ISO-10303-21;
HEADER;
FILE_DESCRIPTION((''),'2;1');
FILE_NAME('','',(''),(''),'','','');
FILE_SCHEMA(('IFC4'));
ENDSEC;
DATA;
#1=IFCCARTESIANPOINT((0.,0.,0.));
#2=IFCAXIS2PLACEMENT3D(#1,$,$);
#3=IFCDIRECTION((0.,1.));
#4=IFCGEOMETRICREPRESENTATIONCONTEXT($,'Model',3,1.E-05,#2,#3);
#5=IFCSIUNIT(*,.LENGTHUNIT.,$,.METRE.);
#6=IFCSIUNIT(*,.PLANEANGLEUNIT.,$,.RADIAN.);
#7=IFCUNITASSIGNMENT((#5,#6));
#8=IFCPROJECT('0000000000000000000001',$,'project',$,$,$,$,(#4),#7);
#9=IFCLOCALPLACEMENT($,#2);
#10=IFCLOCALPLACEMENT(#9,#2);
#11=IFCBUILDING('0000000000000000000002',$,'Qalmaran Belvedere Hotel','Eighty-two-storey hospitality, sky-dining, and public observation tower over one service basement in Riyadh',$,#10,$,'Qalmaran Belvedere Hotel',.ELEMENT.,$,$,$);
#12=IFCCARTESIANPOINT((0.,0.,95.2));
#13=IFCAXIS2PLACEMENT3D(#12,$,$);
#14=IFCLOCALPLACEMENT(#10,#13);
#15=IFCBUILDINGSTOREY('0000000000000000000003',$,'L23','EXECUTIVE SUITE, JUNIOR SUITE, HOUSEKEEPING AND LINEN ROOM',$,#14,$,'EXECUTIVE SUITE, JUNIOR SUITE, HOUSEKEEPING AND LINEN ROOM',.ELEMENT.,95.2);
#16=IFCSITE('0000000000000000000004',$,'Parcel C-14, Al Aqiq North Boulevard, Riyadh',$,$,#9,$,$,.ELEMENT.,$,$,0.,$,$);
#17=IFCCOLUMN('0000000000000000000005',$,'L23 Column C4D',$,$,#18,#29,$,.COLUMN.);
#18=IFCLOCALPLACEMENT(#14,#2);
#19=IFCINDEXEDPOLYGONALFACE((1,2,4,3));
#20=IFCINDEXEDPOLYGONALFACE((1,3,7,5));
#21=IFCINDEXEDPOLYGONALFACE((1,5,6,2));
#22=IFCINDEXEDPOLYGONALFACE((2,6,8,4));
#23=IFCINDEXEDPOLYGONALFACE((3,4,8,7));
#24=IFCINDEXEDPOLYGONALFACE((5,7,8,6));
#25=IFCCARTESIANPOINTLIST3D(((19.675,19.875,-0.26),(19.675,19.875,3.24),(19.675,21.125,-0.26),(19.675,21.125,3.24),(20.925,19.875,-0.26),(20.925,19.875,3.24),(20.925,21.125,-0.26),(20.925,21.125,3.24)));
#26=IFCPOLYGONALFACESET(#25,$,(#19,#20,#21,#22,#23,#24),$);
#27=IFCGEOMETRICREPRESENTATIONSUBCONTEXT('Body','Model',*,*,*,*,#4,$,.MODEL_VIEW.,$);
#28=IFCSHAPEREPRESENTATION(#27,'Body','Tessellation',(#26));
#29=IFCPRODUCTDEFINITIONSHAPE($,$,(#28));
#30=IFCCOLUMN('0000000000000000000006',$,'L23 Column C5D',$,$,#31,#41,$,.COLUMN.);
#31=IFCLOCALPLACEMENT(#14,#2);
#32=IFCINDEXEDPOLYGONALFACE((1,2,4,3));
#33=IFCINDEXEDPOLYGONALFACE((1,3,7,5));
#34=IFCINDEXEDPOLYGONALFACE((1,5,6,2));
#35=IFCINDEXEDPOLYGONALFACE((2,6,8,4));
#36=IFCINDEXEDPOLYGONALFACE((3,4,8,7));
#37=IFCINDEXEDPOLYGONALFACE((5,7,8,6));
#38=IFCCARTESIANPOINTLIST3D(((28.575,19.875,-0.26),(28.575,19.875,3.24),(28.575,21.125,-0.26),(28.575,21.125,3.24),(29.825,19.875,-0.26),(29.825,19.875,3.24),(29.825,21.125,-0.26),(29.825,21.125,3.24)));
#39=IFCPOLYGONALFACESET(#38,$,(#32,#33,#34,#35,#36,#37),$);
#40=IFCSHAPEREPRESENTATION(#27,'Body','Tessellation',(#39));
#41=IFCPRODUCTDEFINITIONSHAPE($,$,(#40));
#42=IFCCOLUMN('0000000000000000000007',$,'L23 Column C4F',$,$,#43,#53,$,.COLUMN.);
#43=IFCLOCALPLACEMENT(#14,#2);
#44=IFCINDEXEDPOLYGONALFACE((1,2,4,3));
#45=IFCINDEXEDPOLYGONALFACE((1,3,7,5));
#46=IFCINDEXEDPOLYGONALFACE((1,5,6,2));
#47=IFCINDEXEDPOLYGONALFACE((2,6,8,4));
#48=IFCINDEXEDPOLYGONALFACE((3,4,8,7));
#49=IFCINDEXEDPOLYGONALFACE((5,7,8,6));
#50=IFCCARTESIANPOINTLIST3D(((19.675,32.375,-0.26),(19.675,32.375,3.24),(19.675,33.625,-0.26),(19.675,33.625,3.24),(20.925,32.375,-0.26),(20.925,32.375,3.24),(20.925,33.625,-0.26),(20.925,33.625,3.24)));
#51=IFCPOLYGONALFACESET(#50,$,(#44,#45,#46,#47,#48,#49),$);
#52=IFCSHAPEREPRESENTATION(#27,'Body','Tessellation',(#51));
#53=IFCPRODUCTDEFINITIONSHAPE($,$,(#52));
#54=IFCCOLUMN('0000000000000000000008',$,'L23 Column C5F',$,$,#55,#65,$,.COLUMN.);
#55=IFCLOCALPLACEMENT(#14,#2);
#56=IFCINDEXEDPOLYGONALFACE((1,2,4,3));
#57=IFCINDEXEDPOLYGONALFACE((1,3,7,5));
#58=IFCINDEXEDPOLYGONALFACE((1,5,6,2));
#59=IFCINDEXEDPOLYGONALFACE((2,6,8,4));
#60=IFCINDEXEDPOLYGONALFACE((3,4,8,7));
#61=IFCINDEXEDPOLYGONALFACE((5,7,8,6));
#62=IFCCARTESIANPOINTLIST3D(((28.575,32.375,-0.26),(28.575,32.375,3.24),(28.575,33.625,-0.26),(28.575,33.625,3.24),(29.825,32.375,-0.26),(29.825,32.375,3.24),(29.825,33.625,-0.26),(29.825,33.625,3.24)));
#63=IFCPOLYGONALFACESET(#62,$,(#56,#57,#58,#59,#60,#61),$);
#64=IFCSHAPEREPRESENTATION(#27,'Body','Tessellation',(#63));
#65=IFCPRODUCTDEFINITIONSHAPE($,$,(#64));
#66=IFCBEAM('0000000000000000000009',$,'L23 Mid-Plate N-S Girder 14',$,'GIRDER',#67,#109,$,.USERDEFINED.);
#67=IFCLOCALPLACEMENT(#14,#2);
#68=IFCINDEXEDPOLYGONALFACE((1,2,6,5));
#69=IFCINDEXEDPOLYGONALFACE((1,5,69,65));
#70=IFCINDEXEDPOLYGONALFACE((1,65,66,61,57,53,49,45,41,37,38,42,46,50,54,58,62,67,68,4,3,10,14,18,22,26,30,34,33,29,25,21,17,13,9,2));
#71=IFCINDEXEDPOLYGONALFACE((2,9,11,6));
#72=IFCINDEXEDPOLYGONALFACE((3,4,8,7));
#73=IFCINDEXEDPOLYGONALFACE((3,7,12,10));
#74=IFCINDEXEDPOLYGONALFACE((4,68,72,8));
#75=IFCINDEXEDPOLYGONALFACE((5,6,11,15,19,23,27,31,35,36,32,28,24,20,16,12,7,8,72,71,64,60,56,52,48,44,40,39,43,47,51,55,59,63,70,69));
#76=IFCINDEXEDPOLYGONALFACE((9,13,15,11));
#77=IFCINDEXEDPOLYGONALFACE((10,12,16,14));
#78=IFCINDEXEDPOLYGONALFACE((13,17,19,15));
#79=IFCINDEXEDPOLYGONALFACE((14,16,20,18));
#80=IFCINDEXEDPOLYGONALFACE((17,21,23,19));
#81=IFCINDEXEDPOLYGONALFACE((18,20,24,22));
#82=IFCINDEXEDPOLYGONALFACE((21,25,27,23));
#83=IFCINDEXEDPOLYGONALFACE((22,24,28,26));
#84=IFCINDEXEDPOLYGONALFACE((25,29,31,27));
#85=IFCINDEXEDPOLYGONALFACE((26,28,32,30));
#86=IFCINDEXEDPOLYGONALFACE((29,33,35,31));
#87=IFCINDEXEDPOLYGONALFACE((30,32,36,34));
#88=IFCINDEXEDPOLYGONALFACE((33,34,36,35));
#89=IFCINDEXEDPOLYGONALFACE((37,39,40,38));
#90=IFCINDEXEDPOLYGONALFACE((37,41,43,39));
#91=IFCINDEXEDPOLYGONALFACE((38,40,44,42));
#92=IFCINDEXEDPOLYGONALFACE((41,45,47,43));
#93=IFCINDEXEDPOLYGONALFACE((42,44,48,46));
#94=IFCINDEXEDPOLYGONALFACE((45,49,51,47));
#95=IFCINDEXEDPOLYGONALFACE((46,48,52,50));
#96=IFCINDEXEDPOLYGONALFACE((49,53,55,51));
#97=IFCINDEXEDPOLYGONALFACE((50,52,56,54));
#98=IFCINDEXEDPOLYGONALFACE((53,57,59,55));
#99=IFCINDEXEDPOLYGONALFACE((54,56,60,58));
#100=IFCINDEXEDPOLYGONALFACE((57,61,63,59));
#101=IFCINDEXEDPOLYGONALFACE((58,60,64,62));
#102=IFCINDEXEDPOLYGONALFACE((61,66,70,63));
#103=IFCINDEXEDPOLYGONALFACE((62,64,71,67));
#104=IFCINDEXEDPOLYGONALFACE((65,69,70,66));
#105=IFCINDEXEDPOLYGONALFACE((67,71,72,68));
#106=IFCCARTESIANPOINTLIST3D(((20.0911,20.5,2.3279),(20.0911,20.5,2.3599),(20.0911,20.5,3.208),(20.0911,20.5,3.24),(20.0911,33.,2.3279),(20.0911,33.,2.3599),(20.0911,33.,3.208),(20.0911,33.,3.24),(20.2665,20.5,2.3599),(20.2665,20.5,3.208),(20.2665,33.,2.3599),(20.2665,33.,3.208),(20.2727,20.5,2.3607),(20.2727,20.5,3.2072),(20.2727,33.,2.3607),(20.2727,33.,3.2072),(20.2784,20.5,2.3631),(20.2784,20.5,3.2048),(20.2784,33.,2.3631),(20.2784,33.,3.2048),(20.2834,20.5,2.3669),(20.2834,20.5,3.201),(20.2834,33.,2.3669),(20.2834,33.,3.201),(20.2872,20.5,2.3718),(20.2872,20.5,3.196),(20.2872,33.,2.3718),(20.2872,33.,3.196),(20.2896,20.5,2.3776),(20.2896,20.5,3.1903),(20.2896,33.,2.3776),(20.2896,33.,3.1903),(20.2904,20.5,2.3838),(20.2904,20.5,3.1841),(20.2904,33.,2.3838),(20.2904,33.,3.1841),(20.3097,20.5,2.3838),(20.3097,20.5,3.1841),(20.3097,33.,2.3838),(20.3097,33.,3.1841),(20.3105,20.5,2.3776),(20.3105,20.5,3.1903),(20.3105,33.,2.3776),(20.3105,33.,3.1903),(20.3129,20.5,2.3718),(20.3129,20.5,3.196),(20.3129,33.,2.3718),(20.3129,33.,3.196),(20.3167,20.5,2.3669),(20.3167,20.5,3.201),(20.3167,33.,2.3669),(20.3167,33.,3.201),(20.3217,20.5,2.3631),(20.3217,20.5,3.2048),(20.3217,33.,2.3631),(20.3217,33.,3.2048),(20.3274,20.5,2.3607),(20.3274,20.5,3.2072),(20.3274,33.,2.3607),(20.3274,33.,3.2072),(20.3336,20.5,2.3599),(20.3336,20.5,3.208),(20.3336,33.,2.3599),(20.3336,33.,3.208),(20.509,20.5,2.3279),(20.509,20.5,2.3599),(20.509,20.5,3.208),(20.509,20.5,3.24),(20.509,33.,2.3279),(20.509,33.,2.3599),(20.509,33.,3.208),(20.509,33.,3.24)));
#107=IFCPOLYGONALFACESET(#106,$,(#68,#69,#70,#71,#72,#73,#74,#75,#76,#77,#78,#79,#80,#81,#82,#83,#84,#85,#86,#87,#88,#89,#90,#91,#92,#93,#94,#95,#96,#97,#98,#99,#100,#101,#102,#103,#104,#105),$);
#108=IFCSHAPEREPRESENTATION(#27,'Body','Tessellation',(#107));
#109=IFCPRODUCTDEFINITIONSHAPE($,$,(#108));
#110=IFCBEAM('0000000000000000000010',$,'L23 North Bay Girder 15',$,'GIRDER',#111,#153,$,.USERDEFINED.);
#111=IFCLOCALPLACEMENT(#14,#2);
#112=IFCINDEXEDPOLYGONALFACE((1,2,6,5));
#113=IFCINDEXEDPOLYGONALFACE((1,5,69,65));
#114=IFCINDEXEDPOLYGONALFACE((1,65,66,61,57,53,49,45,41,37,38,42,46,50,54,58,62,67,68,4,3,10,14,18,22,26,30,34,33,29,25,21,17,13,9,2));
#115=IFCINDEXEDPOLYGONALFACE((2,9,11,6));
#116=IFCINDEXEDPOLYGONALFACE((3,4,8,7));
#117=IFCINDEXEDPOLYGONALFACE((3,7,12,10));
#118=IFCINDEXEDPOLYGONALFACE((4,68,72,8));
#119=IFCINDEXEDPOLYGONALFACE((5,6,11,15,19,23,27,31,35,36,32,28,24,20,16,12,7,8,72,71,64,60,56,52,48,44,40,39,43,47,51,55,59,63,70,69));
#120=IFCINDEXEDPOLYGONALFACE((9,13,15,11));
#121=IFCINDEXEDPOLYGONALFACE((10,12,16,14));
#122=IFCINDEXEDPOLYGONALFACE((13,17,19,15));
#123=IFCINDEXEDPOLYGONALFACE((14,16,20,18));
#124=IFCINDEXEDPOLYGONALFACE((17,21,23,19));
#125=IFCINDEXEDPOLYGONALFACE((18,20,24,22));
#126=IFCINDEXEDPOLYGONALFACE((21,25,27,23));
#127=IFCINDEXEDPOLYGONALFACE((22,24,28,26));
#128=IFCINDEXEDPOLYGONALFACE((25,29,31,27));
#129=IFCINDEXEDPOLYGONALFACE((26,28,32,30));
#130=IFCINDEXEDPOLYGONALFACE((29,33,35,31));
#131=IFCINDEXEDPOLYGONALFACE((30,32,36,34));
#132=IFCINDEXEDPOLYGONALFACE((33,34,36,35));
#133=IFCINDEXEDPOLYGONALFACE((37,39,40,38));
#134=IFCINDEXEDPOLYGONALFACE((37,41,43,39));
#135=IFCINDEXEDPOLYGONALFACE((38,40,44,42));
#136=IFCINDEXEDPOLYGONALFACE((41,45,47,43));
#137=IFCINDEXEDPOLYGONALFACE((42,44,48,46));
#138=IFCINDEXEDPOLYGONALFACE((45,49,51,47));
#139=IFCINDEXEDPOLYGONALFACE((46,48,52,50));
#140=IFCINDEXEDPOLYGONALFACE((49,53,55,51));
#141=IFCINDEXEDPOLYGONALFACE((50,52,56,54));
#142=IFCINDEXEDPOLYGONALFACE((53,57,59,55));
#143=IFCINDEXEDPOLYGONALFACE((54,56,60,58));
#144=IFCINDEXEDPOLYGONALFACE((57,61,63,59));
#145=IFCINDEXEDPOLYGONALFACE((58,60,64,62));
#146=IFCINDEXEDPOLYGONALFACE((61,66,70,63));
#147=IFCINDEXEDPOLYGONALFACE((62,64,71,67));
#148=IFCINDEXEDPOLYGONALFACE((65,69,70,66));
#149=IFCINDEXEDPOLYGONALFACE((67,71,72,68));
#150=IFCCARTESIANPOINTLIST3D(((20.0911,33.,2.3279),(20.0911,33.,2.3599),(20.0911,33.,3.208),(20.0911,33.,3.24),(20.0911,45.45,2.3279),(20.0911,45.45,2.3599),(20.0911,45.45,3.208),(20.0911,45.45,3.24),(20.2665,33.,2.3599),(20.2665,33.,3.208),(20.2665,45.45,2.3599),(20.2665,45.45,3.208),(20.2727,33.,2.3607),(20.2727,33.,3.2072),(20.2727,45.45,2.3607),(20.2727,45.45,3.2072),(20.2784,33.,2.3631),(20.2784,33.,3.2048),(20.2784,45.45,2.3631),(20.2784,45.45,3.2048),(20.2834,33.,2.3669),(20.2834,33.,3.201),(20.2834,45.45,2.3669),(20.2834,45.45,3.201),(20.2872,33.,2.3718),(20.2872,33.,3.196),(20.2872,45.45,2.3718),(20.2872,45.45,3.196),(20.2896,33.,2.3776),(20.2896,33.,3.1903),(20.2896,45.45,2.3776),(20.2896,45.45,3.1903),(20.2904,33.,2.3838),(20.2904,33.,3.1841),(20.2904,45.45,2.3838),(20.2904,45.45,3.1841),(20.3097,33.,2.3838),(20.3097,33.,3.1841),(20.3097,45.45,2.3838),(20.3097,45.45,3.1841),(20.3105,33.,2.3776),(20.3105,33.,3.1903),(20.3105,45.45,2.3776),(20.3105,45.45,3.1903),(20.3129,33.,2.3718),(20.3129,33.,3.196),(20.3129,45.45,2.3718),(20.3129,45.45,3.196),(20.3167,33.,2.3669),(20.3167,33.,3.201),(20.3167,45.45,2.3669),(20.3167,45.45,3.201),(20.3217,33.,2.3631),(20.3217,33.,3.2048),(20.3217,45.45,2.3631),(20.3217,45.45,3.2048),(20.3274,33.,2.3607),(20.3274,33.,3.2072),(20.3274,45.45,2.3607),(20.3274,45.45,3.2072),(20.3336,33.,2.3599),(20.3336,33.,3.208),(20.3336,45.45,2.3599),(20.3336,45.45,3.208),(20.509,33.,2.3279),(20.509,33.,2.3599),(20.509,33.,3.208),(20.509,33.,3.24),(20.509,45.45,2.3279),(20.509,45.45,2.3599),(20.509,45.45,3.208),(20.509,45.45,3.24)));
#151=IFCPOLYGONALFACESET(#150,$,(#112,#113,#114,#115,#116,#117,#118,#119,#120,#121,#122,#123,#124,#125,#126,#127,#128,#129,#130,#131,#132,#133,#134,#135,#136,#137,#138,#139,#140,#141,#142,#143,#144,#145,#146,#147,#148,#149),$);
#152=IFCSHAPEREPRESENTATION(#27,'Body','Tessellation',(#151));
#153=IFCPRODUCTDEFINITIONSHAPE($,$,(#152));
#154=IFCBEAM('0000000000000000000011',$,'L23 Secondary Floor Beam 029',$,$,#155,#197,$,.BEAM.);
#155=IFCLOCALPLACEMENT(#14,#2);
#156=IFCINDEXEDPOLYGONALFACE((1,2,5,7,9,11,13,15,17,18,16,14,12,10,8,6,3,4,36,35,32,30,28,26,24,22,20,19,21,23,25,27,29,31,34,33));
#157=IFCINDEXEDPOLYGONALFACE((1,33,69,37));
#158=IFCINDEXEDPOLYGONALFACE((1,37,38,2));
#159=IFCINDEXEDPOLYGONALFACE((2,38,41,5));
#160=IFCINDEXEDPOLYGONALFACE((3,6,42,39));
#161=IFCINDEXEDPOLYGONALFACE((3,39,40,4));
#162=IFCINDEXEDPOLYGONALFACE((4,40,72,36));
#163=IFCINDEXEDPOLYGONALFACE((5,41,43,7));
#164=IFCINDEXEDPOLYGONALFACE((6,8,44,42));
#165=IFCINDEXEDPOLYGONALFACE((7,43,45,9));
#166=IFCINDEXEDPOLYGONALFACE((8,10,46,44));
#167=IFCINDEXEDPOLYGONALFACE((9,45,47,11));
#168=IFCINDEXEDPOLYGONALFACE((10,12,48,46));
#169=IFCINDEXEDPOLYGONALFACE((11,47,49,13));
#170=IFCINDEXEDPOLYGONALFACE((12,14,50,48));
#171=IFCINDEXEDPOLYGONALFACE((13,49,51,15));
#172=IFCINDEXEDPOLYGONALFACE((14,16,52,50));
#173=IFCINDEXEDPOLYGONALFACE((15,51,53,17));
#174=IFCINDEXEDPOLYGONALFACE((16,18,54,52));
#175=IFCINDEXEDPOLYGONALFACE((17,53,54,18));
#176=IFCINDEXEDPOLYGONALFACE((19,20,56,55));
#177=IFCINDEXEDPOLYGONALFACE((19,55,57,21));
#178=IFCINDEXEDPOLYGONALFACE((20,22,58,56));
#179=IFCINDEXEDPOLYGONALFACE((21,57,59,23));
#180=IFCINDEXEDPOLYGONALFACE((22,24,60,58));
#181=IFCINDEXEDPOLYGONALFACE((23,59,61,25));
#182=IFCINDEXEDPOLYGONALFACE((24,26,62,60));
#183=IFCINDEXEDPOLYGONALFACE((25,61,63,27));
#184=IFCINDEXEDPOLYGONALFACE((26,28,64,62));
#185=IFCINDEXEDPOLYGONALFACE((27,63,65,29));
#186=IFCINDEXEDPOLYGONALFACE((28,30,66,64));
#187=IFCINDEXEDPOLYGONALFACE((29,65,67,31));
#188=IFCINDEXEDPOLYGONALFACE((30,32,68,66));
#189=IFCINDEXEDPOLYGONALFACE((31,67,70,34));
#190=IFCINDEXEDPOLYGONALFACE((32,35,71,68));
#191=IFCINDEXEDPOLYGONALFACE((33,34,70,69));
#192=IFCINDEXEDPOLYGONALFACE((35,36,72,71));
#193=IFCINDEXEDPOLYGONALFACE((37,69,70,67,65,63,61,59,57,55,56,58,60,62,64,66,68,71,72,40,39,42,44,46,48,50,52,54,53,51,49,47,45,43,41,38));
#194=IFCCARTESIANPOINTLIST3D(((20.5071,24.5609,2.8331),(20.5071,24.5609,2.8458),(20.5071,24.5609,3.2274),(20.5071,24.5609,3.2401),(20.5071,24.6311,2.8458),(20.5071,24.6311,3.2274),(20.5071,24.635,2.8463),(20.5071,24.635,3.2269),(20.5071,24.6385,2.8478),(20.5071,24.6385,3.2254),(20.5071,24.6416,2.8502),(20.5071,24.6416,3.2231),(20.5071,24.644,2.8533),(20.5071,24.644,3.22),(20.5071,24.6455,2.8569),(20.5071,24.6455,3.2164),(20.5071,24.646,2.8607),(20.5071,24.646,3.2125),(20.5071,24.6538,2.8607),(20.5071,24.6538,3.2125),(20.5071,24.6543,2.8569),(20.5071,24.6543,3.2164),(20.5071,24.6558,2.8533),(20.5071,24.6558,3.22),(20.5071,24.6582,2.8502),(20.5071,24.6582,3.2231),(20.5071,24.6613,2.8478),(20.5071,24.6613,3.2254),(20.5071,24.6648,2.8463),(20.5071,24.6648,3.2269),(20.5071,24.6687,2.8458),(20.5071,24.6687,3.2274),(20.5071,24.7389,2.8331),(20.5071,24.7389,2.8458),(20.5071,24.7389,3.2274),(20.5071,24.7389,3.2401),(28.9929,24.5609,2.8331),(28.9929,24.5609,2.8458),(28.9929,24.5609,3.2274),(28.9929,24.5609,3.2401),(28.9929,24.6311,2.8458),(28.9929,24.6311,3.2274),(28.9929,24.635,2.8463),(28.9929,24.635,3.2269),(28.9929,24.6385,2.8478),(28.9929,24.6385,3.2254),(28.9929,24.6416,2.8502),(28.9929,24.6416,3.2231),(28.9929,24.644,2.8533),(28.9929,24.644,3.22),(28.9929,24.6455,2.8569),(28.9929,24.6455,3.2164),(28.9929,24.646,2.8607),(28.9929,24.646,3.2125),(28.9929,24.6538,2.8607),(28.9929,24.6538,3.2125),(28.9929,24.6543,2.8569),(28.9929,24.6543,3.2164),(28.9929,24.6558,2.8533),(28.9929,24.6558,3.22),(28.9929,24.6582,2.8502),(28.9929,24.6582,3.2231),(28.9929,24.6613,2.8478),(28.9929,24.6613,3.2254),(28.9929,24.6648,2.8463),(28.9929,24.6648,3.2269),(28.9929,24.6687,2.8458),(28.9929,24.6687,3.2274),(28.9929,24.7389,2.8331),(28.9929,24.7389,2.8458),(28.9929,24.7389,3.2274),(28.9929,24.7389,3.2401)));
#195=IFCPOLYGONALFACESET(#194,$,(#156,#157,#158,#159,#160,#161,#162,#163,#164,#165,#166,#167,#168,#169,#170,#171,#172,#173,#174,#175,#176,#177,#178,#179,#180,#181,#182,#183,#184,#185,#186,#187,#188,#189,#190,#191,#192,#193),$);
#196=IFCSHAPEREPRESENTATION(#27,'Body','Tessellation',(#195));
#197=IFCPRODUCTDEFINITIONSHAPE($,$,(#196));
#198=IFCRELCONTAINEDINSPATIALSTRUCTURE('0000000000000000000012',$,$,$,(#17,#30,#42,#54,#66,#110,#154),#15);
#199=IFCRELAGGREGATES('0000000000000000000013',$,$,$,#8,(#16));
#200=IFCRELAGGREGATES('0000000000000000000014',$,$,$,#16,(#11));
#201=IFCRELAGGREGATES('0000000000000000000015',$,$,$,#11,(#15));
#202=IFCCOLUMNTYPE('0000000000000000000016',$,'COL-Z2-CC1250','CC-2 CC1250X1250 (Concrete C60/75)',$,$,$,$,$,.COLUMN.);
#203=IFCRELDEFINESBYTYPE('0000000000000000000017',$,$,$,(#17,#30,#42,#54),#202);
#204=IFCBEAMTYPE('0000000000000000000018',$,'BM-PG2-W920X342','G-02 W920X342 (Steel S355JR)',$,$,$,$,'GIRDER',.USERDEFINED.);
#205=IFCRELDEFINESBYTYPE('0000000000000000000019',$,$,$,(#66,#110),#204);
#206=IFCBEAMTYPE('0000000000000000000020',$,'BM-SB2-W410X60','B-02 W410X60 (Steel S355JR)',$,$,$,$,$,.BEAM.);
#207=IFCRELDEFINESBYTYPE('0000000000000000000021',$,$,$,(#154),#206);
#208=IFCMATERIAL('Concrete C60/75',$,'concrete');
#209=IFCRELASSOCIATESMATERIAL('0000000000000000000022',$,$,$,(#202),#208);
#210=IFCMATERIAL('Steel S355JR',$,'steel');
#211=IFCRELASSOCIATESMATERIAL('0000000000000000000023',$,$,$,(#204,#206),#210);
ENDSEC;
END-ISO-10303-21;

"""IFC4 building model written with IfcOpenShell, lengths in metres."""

from ifc_helpers import new_model, si_unit, direction, frame, origin, origin_2d, place, context, subcontext, project, spatial, rectangle, i_section, extrude, material, material_profile, profile_set, type_object, element, save


model = new_model("IFC4")

# Units and contexts
model_context = context("Model", 3, precision=1e-05, world=origin(), true_north=direction((0.0, 1.0)))
body_context = subcontext(model_context, "Body", "Model", "MODEL_VIEW")
ifc_project = project(units=[si_unit("LENGTHUNIT", "METRE"), si_unit("PLANEANGLEUNIT", "RADIAN")], contexts=[model_context])

# Site, building, storey
site_placement = place(None, origin())
site = spatial("IfcSite", under=ifc_project, at=site_placement, Name="Parcel C-14, Al Aqiq North Boulevard, Riyadh", CompositionType="ELEMENT", RefElevation=0.0)
building_placement = place(site_placement, origin())
building = spatial("IfcBuilding", under=site, at=building_placement, Name="Qalmaran Belvedere Hotel", Description="Eighty-two-storey hospitality, sky-dining, and public observation tower over one service basement in Riyadh", LongName="Qalmaran Belvedere Hotel", CompositionType="ELEMENT")
storey_placement = place(building_placement, frame((0.0, 0.0, 95.2)))
storey = spatial("IfcBuildingStorey", under=building, at=storey_placement, Name="L23", Description="EXECUTIVE SUITE, JUNIOR SUITE, HOUSEKEEPING AND LINEN ROOM", LongName="EXECUTIVE SUITE, JUNIOR SUITE, HOUSEKEEPING AND LINEN ROOM", CompositionType="ELEMENT", Elevation=95.2)

# Columns
ifc_material_1 = material(Name="Concrete C60/75", Category="concrete")
ifc_material_profile_1 = material_profile(ifc_material_1, rectangle(XDim=1.25, YDim=1.25, at=origin_2d()), Name="CC1250X1250")
ifc_profile_set_1 = profile_set([ifc_material_profile_1], Name="Concrete C60/75")
column_type = type_object("IfcColumnType", Name="COL-Z2-CC1250", Description="CC-2 CC1250X1250 (Concrete C60/75)", PredefinedType="COLUMN", material=ifc_profile_set_1)
for number, where, z_axis, x_axis, name in (
    (1, (20.3, 20.5, -0.26), (0.0, 0.0, 1.0), (1.0, 0.0, 0.0), "L23 Column C4D"),
    (2, (29.2, 20.5, -0.26), (0.0, 0.0, 1.0), (1.0, 0.0, 0.0), "L23 Column C5D"),
    (3, (20.3, 33.0, -0.26), (0.0, 0.0, 1.0), (1.0, 0.0, 0.0), "L23 Column C4F"),
    (4, (29.2, 33.0, -0.26), (0.0, 0.0, 1.0), (1.0, 0.0, 0.0), "L23 Column C5F"),
):
    element("IfcColumn", number, at=place(storey_placement, frame(where, z_axis=z_axis, x_axis=x_axis)), inside=storey, type_object=column_type, Name=name, PredefinedType="COLUMN", context=body_context, shape_type="SweptSolid", body=[
        extrude(rectangle(XDim=1.25, YDim=1.25, at=origin_2d()), origin(), (0.0, 0.0, 1.0), 3.5),
    ])

# Beams
ifc_material_2 = material(Name="Steel S355JR", Category="steel")
ifc_material_profile_2 = material_profile(ifc_material_2, i_section(OverallWidth=0.418, OverallDepth=0.9121, WebThickness=0.0193, FlangeThickness=0.032, FilletRadius=0.0239, at=origin_2d()), Name="W920X342")
ifc_profile_set_2 = profile_set([ifc_material_profile_2], Name="Steel S355JR")
beam_type_1 = type_object("IfcBeamType", Name="BM-PG2-W920X342", Description="G-02 W920X342 (Steel S355JR)", ElementType="GIRDER", PredefinedType="USERDEFINED", material=ifc_profile_set_2)
beam_1_placement = place(storey_placement, frame((20.3, 20.5, 2.7839), z_axis=(0.0, 1.0, 0.0), x_axis=(-1.0, 0.0, 0.0)))
element("IfcBeam", 5, at=beam_1_placement, inside=storey, type_object=beam_type_1, Name="L23 Mid-Plate N-S Girder 14", ObjectType="GIRDER", PredefinedType="USERDEFINED", context=body_context, shape_type="SweptSolid", body=[
    extrude(i_section(OverallWidth=0.418, OverallDepth=0.9121, WebThickness=0.0193, FlangeThickness=0.032, FilletRadius=0.0239, at=origin_2d()), origin(), (0.0, 0.0, 1.0), 12.5),
])
beam_2_placement = place(storey_placement, frame((20.3, 33.0, 2.7839), z_axis=(0.0, 1.0, 0.0), x_axis=(-1.0, 0.0, 0.0)))
element("IfcBeam", 6, at=beam_2_placement, inside=storey, type_object=beam_type_1, Name="L23 North Bay Girder 15", ObjectType="GIRDER", PredefinedType="USERDEFINED", context=body_context, shape_type="SweptSolid", body=[
    extrude(i_section(OverallWidth=0.418, OverallDepth=0.9121, WebThickness=0.0193, FlangeThickness=0.032, FilletRadius=0.0239, at=origin_2d()), origin(), (0.0, 0.0, 1.0), 12.45),
])
ifc_material_profile_3 = material_profile(ifc_material_2, i_section(OverallWidth=0.178, OverallDepth=0.407, WebThickness=0.0078, FlangeThickness=0.0127, FilletRadius=0.0149, at=origin_2d()), Name="W410X60")
ifc_profile_set_3 = profile_set([ifc_material_profile_3], Name="Steel S355JR")
beam_type_2 = type_object("IfcBeamType", Name="BM-SB2-W410X60", Description="B-02 W410X60 (Steel S355JR)", PredefinedType="BEAM", material=ifc_profile_set_3)
for number, where, z_axis, x_axis, name in (
    (7, (20.5071, 24.6499, 3.0366), (1.0, 0.0, 0.0), (0.0, 1.0, 0.0), "L23 Secondary Floor Beam 029"),
):
    element("IfcBeam", number, at=place(storey_placement, frame(where, z_axis=z_axis, x_axis=x_axis)), inside=storey, type_object=beam_type_2, Name=name, PredefinedType="BEAM", context=body_context, shape_type="SweptSolid", body=[
        extrude(i_section(OverallWidth=0.178, OverallDepth=0.407, WebThickness=0.0078, FlangeThickness=0.0127, FilletRadius=0.0149, at=origin_2d()), origin(), (0.0, 0.0, 1.0), 8.4858),
    ])

save(model, "model.ifc")
